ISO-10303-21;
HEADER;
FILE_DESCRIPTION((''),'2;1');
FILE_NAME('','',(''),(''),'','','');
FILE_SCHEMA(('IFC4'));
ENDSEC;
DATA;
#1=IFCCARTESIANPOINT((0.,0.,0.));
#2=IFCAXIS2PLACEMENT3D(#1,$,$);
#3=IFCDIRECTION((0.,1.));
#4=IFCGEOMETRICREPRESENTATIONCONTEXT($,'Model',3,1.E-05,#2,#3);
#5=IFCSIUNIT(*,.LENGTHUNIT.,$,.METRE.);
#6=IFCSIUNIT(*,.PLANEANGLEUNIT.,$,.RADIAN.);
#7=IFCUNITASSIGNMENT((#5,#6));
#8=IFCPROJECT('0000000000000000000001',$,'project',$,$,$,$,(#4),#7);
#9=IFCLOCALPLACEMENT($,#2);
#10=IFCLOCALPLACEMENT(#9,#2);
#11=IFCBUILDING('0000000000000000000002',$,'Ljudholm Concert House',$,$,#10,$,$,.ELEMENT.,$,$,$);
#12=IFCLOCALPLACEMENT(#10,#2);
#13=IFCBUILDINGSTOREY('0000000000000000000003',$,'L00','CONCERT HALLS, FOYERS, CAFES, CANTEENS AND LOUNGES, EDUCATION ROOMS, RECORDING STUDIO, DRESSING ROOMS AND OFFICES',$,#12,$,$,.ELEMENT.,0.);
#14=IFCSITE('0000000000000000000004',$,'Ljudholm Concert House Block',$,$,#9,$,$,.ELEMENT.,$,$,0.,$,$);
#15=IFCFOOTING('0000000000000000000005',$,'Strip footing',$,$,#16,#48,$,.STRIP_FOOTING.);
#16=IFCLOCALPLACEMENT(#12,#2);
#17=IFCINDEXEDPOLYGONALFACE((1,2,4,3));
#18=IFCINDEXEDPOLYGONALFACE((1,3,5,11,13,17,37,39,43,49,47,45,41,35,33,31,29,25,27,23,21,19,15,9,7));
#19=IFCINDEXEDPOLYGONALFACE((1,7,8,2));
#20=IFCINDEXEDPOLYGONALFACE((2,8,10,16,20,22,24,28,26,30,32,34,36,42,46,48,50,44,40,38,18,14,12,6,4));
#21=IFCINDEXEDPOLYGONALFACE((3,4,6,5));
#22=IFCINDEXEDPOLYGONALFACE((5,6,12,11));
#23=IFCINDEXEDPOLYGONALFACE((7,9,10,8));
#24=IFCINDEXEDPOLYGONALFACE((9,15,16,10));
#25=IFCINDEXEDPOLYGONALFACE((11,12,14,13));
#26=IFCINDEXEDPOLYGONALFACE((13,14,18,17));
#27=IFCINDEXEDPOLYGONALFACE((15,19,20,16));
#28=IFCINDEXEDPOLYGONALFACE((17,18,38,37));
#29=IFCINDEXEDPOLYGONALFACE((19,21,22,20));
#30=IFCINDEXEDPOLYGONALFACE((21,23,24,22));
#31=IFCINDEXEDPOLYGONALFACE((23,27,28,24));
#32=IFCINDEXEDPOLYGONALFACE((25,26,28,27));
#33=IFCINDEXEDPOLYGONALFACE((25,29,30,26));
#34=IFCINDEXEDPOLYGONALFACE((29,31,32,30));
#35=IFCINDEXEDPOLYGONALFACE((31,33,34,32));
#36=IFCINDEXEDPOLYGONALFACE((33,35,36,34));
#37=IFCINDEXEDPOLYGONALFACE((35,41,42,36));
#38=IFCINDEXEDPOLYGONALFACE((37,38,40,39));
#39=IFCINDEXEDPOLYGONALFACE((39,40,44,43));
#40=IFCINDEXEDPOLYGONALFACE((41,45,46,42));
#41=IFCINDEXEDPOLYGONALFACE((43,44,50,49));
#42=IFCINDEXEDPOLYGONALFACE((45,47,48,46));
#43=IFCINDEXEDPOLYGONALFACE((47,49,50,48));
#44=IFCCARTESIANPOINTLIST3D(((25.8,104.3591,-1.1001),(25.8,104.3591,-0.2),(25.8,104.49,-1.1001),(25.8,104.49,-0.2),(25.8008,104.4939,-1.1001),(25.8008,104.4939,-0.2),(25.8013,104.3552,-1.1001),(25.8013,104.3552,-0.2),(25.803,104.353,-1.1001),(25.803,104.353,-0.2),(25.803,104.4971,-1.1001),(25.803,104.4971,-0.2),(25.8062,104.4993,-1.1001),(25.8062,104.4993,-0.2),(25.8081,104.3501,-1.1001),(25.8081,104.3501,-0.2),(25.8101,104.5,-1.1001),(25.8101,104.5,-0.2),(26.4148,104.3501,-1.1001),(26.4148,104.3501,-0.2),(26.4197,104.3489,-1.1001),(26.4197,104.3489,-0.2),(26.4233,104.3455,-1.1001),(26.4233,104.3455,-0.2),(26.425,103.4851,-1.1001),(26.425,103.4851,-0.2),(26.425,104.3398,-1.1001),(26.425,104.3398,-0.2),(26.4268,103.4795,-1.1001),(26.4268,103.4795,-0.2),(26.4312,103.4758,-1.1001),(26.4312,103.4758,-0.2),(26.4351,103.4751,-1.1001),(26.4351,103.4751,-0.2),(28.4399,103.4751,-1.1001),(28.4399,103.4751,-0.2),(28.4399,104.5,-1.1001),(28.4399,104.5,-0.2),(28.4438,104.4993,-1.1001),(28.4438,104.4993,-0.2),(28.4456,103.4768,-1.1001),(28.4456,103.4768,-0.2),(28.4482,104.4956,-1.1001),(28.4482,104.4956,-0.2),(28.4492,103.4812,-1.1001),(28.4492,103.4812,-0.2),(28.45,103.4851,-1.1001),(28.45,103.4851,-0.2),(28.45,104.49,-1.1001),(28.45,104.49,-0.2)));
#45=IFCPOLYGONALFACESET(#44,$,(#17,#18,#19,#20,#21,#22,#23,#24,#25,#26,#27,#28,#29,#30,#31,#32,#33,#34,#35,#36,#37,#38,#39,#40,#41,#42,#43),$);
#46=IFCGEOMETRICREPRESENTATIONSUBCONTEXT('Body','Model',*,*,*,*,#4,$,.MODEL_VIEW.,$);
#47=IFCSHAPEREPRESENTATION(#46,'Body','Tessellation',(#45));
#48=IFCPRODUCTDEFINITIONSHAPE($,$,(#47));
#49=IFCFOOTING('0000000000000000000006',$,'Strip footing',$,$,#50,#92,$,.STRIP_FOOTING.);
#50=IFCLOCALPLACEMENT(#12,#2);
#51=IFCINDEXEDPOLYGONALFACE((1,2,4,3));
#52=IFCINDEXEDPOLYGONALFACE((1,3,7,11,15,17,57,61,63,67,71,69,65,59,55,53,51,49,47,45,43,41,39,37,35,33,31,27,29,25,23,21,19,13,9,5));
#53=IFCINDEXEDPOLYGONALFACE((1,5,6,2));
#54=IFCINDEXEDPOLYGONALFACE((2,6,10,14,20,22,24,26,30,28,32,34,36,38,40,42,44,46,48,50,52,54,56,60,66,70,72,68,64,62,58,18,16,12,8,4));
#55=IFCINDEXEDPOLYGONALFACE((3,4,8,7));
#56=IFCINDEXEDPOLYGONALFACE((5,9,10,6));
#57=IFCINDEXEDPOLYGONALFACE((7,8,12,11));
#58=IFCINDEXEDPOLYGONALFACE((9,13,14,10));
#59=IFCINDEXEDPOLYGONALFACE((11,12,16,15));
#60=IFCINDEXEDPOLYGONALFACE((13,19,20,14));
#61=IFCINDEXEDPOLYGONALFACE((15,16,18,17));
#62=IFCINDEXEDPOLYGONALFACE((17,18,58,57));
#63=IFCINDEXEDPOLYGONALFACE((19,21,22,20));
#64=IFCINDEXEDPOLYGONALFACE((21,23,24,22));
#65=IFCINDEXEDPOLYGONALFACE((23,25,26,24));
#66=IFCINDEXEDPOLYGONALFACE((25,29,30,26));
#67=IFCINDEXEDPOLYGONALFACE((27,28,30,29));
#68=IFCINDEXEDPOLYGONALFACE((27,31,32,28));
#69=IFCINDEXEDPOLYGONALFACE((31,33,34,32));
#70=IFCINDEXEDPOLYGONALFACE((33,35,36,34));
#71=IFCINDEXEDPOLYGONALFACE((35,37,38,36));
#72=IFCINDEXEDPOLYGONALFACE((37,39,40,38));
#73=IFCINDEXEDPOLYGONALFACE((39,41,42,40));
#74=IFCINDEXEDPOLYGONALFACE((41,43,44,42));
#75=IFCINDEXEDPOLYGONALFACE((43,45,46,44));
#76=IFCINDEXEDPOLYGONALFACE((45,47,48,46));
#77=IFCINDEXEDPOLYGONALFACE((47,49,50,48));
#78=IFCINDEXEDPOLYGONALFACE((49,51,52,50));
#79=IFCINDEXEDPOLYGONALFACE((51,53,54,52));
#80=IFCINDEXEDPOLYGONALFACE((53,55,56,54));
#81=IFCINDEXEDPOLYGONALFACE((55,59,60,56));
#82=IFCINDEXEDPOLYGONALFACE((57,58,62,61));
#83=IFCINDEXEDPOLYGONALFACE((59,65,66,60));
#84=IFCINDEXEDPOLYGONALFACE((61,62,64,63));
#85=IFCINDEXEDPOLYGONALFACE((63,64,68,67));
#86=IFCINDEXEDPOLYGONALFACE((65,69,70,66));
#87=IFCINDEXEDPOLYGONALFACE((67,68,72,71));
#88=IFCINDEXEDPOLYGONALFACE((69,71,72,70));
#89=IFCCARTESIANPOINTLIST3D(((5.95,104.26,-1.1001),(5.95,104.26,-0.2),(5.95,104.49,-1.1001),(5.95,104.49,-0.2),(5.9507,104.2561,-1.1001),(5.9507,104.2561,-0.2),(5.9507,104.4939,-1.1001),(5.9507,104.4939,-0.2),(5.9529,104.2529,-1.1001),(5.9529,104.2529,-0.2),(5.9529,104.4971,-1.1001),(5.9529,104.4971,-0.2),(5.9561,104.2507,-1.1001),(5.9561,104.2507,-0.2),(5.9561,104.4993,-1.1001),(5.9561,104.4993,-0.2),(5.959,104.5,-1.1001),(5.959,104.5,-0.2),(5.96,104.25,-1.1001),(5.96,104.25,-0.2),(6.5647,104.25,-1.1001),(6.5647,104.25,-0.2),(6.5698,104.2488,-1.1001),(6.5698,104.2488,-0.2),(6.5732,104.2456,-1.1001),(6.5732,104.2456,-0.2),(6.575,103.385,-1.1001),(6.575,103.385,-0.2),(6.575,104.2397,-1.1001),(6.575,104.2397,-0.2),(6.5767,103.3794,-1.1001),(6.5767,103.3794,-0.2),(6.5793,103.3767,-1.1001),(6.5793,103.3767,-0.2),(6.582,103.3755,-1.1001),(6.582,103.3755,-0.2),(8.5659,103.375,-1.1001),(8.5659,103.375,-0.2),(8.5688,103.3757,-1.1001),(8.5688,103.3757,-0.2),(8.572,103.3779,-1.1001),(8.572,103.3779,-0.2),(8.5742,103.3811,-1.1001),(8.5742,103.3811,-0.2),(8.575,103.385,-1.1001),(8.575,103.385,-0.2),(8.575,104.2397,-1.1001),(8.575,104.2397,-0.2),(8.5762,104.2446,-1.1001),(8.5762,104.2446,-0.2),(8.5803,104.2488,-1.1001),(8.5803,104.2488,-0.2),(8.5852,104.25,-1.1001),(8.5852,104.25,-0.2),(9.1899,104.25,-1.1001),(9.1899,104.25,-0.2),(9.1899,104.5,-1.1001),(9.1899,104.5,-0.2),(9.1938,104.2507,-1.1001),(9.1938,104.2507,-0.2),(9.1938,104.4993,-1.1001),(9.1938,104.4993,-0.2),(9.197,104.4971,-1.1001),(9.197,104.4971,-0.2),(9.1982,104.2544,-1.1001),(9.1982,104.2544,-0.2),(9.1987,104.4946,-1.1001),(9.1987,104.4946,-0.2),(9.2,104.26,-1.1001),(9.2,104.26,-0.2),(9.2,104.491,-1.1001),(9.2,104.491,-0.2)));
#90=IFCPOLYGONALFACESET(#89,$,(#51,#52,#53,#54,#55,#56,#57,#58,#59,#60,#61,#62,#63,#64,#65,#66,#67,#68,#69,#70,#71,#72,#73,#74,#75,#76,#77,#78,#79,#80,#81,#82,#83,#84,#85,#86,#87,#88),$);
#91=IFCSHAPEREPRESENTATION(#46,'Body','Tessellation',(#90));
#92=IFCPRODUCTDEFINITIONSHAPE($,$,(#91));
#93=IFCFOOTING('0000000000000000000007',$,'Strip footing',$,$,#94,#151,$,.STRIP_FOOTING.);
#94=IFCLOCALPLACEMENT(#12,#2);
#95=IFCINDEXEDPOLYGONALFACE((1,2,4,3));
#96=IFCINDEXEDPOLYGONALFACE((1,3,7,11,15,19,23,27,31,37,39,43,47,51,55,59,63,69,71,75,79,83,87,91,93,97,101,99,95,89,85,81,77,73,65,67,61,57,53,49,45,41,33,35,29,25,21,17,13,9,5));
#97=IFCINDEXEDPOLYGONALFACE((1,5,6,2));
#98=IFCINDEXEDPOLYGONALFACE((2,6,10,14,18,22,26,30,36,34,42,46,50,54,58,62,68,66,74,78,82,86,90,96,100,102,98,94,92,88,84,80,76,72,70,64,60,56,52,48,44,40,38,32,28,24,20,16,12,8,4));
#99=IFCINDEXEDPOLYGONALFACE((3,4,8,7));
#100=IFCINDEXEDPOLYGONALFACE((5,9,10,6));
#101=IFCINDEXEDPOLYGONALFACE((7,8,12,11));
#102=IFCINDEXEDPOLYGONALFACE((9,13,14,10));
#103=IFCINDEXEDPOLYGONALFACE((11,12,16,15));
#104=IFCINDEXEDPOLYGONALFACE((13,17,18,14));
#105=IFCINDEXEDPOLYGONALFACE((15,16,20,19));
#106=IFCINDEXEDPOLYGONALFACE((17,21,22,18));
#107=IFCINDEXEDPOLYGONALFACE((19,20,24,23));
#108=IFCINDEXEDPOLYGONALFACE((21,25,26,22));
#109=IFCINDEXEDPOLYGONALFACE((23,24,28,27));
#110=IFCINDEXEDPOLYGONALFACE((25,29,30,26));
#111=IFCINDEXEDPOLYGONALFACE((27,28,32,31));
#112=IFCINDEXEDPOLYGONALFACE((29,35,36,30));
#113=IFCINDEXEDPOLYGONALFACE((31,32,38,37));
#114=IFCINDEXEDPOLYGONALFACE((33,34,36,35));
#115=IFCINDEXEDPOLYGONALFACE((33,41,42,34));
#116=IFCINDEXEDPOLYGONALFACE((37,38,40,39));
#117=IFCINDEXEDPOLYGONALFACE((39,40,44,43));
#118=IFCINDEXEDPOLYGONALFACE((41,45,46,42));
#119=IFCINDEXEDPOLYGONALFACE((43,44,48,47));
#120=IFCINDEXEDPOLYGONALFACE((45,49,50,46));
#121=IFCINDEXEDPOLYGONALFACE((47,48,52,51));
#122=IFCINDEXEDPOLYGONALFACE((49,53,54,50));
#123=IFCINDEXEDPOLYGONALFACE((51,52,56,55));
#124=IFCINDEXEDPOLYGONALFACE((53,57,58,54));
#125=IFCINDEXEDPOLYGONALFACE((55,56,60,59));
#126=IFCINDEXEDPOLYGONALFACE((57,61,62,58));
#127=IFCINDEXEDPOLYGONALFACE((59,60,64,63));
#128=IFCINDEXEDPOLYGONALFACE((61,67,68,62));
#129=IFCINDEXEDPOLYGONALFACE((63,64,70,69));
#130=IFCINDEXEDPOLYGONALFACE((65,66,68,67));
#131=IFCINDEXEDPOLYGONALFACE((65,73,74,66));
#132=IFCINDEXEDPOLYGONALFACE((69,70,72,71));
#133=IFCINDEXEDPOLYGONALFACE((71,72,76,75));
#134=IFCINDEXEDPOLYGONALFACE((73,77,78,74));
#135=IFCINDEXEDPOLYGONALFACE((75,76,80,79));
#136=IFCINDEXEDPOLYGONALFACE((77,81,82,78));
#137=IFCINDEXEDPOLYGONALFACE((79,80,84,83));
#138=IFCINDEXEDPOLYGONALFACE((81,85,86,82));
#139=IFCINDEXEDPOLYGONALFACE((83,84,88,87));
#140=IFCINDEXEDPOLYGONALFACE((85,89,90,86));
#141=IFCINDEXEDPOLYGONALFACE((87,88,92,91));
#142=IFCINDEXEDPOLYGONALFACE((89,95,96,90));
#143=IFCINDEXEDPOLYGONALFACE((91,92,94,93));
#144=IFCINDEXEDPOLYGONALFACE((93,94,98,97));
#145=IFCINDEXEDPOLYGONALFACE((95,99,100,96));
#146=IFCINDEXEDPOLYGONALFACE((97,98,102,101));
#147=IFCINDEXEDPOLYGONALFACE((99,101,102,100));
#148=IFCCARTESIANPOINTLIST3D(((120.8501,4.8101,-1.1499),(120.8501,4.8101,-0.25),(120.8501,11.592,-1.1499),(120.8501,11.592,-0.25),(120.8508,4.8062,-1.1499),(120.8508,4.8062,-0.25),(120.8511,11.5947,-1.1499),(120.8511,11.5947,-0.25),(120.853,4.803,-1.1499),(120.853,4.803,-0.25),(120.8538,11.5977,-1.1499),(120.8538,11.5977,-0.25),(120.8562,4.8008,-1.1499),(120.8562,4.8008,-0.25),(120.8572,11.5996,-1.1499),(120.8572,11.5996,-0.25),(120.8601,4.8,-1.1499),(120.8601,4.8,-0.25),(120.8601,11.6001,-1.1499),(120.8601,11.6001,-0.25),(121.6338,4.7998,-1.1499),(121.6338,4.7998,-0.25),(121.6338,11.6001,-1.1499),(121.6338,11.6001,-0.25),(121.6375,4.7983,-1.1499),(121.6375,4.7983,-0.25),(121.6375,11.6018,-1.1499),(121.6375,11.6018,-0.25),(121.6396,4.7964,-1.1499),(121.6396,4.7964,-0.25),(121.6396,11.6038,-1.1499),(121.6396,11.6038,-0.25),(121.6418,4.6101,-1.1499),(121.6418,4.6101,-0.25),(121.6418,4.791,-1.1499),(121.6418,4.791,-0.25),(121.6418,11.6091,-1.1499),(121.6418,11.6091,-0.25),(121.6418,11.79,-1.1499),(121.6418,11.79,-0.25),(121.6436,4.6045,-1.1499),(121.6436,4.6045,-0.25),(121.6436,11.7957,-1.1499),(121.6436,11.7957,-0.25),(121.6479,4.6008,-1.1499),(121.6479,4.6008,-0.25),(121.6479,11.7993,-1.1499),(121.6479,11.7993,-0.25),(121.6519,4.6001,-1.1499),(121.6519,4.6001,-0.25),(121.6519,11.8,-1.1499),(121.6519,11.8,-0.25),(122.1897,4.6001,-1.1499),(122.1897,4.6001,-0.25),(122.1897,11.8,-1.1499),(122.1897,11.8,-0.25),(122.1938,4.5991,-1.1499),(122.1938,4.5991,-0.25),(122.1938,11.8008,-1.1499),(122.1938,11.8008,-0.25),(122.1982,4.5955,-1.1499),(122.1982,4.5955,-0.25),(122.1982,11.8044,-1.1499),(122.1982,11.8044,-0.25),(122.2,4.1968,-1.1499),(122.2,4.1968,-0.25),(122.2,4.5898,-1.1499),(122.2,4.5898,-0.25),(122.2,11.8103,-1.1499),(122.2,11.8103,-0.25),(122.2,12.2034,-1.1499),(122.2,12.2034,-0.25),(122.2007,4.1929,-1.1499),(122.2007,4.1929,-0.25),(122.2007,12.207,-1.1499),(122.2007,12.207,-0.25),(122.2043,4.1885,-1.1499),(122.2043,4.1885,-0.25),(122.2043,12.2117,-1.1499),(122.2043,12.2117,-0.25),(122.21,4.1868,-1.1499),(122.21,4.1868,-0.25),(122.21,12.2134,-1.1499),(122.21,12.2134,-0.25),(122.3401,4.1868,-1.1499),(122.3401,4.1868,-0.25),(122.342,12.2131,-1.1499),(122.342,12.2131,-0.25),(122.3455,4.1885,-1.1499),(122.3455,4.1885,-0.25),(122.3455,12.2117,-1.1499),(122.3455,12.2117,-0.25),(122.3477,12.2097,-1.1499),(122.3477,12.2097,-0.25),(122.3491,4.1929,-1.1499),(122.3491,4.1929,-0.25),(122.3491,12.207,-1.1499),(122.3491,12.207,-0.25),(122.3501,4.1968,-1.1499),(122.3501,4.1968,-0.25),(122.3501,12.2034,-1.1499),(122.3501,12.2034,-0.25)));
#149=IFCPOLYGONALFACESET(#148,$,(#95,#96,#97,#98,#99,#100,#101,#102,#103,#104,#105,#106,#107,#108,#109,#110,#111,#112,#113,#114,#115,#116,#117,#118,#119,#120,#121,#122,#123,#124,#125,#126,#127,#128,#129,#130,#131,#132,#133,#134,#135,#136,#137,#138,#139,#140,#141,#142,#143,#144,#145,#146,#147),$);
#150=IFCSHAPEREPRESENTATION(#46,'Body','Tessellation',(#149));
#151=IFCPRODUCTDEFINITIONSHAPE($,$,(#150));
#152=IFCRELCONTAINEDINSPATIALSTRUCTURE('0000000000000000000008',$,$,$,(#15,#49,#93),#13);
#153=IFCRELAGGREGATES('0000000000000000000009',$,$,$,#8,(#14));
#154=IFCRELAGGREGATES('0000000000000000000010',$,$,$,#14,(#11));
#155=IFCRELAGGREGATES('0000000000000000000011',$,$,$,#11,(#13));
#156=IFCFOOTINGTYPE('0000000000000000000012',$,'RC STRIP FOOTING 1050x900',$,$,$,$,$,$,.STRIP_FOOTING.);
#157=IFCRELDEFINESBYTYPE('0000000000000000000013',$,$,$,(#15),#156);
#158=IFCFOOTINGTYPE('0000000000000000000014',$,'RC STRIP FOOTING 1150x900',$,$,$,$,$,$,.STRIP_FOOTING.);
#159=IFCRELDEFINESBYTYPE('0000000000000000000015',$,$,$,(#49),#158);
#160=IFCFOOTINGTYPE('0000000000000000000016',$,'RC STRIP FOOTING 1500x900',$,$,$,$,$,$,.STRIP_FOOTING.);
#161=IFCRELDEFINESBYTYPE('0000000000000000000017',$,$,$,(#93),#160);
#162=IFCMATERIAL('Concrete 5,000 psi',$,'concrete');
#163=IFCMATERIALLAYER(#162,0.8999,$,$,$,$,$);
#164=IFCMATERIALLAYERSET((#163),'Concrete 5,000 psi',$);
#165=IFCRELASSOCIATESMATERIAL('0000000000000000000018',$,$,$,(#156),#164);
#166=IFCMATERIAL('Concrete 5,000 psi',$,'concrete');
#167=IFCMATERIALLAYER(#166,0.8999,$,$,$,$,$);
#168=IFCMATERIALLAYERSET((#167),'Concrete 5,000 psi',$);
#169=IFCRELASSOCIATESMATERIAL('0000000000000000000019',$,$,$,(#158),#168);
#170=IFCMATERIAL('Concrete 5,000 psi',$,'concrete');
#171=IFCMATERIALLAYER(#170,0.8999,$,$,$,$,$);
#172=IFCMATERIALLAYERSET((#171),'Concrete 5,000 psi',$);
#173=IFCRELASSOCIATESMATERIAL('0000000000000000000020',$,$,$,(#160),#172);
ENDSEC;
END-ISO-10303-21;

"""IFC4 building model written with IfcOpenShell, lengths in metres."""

from ifc_helpers import new_model, si_unit, direction, frame, origin, place, context, subcontext, project, spatial, polyline, outline, extrude, material, layer, layer_set, type_object, element, save


model = new_model("IFC4")

# Units and contexts
model_context = context("Model", 3, precision=1e-05, world=origin(), true_north=direction((0.0, 1.0)))
body_context = subcontext(model_context, "Body", "Model", "MODEL_VIEW")
ifc_project = project(units=[si_unit("LENGTHUNIT", "METRE"), si_unit("PLANEANGLEUNIT", "RADIAN")], contexts=[model_context])

# Site, building, storey
site_placement = place(None, origin())
site = spatial("IfcSite", under=ifc_project, at=site_placement, Name="Ljudholm Concert House Block", CompositionType="ELEMENT", RefElevation=0.0)
building_placement = place(site_placement, origin())
building = spatial("IfcBuilding", under=site, at=building_placement, Name="Ljudholm Concert House", CompositionType="ELEMENT")
storey_placement = place(building_placement, origin())
storey = spatial("IfcBuildingStorey", under=building, at=storey_placement, Name="L00", Description="CONCERT HALLS, FOYERS, CAFES, CANTEENS AND LOUNGES, EDUCATION ROOMS, RECORDING STUDIO, DRESSING ROOMS AND OFFICES", CompositionType="ELEMENT", Elevation=0.0)

# Footings
ifc_material_1 = material(Name="Concrete 5,000 psi", Category="concrete")
ifc_layer_1 = layer(ifc_material_1, 0.8999)
ifc_layer_set_1 = layer_set([ifc_layer_1], Name="Concrete 5,000 psi")
footing_type_1 = type_object("IfcFootingType", Name="RC STRIP FOOTING 1050x900", PredefinedType="STRIP_FOOTING", material=ifc_layer_set_1)
footing_1_placement = place(storey_placement, frame((0.0, 0.0, -1.1001)))
element("IfcFooting", 1, at=footing_1_placement, inside=storey, type_object=footing_type_1, Name="Strip footing", PredefinedType="STRIP_FOOTING", context=body_context, shape_type="SweptSolid", body=[
    extrude(outline(polyline([(25.8, 104.49), (25.8, 104.3591), (25.8013, 104.3552), (25.803, 104.353), (25.8081, 104.3501), (26.4148, 104.3501), (26.4197, 104.3489), (26.4233, 104.3455), (26.425, 104.3398), (26.425, 103.4851), (26.4268, 103.4795), (26.4312, 103.4758), (26.4351, 103.4751), (28.4399, 103.4751), (28.4456, 103.4768), (28.4492, 103.4812), (28.45, 103.4851), (28.45, 104.49), (28.4482, 104.4956), (28.4438, 104.4993), (28.4399, 104.5), (25.8101, 104.5), (25.8062, 104.4993), (25.803, 104.4971), (25.8008, 104.4939), (25.8, 104.49)])), origin(), (0.0, 0.0, 1.0), 0.9001),
])
ifc_material_2 = material(Name="Concrete 5,000 psi", Category="concrete")
ifc_layer_2 = layer(ifc_material_2, 0.8999)
ifc_layer_set_2 = layer_set([ifc_layer_2], Name="Concrete 5,000 psi")
footing_type_2 = type_object("IfcFootingType", Name="RC STRIP FOOTING 1150x900", PredefinedType="STRIP_FOOTING", material=ifc_layer_set_2)
footing_2_placement = place(storey_placement, frame((0.0, 0.0, -1.1001)))
element("IfcFooting", 2, at=footing_2_placement, inside=storey, type_object=footing_type_2, Name="Strip footing", PredefinedType="STRIP_FOOTING", context=body_context, shape_type="SweptSolid", body=[
    extrude(outline(polyline([(5.96, 104.25), (6.5647, 104.25), (6.5698, 104.2488), (6.5732, 104.2456), (6.575, 104.2397), (6.575, 103.385), (6.5767, 103.3794), (6.5793, 103.3767), (6.582, 103.3755), (8.5659, 103.375), (8.5688, 103.3757), (8.572, 103.3779), (8.5742, 103.3811), (8.575, 103.385), (8.575, 104.2397), (8.5762, 104.2446), (8.5803, 104.2488), (8.5852, 104.25), (9.1899, 104.25), (9.1938, 104.2507), (9.1982, 104.2544), (9.2, 104.26), (9.2, 104.491), (9.1987, 104.4946), (9.197, 104.4971), (9.1938, 104.4993), (9.1899, 104.5), (5.959, 104.5), (5.9561, 104.4993), (5.9529, 104.4971), (5.9507, 104.4939), (5.95, 104.49), (5.95, 104.26), (5.9507, 104.2561), (5.9529, 104.2529), (5.9561, 104.2507), (5.96, 104.25)])), origin(), (0.0, 0.0, 1.0), 0.9001),
])
ifc_material_3 = material(Name="Concrete 5,000 psi", Category="concrete")
ifc_layer_3 = layer(ifc_material_3, 0.8999)
ifc_layer_set_3 = layer_set([ifc_layer_3], Name="Concrete 5,000 psi")
footing_type_3 = type_object("IfcFootingType", Name="RC STRIP FOOTING 1500x900", PredefinedType="STRIP_FOOTING", material=ifc_layer_set_3)
footing_3_placement = place(storey_placement, frame((0.0, 0.0, -1.1499)))
element("IfcFooting", 3, at=footing_3_placement, inside=storey, type_object=footing_type_3, Name="Strip footing", PredefinedType="STRIP_FOOTING", context=body_context, shape_type="SweptSolid", body=[
    extrude(outline(polyline([(120.8601, 4.8), (121.6338, 4.7998), (121.6375, 4.7983), (121.6396, 4.7964), (121.6418, 4.791), (121.6418, 4.6101), (121.6436, 4.6045), (121.6479, 4.6008), (121.6519, 4.6001), (122.1897, 4.6001), (122.1938, 4.5991), (122.1982, 4.5955), (122.2, 4.5898), (122.2, 4.1968), (122.2007, 4.1929), (122.2043, 4.1885), (122.21, 4.1868), (122.3401, 4.1868), (122.3455, 4.1885), (122.3491, 4.1929), (122.3501, 4.1968), (122.3501, 12.2034), (122.3491, 12.207), (122.3477, 12.2097), (122.3455, 12.2117), (122.342, 12.2131), (122.21, 12.2134), (122.2043, 12.2117), (122.2007, 12.207), (122.2, 12.2034), (122.2, 11.8103), (122.1982, 11.8044), (122.1938, 11.8008), (122.1897, 11.8), (121.6519, 11.8), (121.6479, 11.7993), (121.6436, 11.7957), (121.6418, 11.79), (121.6418, 11.6091), (121.6396, 11.6038), (121.6375, 11.6018), (121.6338, 11.6001), (120.8601, 11.6001), (120.8572, 11.5996), (120.8538, 11.5977), (120.8511, 11.5947), (120.8501, 11.592), (120.8501, 4.8101), (120.8508, 4.8062), (120.853, 4.803), (120.8562, 4.8008), (120.8601, 4.8)])), origin(), (0.0, 0.0, 1.0), 0.8999),
])

save(model, "model.ifc")
